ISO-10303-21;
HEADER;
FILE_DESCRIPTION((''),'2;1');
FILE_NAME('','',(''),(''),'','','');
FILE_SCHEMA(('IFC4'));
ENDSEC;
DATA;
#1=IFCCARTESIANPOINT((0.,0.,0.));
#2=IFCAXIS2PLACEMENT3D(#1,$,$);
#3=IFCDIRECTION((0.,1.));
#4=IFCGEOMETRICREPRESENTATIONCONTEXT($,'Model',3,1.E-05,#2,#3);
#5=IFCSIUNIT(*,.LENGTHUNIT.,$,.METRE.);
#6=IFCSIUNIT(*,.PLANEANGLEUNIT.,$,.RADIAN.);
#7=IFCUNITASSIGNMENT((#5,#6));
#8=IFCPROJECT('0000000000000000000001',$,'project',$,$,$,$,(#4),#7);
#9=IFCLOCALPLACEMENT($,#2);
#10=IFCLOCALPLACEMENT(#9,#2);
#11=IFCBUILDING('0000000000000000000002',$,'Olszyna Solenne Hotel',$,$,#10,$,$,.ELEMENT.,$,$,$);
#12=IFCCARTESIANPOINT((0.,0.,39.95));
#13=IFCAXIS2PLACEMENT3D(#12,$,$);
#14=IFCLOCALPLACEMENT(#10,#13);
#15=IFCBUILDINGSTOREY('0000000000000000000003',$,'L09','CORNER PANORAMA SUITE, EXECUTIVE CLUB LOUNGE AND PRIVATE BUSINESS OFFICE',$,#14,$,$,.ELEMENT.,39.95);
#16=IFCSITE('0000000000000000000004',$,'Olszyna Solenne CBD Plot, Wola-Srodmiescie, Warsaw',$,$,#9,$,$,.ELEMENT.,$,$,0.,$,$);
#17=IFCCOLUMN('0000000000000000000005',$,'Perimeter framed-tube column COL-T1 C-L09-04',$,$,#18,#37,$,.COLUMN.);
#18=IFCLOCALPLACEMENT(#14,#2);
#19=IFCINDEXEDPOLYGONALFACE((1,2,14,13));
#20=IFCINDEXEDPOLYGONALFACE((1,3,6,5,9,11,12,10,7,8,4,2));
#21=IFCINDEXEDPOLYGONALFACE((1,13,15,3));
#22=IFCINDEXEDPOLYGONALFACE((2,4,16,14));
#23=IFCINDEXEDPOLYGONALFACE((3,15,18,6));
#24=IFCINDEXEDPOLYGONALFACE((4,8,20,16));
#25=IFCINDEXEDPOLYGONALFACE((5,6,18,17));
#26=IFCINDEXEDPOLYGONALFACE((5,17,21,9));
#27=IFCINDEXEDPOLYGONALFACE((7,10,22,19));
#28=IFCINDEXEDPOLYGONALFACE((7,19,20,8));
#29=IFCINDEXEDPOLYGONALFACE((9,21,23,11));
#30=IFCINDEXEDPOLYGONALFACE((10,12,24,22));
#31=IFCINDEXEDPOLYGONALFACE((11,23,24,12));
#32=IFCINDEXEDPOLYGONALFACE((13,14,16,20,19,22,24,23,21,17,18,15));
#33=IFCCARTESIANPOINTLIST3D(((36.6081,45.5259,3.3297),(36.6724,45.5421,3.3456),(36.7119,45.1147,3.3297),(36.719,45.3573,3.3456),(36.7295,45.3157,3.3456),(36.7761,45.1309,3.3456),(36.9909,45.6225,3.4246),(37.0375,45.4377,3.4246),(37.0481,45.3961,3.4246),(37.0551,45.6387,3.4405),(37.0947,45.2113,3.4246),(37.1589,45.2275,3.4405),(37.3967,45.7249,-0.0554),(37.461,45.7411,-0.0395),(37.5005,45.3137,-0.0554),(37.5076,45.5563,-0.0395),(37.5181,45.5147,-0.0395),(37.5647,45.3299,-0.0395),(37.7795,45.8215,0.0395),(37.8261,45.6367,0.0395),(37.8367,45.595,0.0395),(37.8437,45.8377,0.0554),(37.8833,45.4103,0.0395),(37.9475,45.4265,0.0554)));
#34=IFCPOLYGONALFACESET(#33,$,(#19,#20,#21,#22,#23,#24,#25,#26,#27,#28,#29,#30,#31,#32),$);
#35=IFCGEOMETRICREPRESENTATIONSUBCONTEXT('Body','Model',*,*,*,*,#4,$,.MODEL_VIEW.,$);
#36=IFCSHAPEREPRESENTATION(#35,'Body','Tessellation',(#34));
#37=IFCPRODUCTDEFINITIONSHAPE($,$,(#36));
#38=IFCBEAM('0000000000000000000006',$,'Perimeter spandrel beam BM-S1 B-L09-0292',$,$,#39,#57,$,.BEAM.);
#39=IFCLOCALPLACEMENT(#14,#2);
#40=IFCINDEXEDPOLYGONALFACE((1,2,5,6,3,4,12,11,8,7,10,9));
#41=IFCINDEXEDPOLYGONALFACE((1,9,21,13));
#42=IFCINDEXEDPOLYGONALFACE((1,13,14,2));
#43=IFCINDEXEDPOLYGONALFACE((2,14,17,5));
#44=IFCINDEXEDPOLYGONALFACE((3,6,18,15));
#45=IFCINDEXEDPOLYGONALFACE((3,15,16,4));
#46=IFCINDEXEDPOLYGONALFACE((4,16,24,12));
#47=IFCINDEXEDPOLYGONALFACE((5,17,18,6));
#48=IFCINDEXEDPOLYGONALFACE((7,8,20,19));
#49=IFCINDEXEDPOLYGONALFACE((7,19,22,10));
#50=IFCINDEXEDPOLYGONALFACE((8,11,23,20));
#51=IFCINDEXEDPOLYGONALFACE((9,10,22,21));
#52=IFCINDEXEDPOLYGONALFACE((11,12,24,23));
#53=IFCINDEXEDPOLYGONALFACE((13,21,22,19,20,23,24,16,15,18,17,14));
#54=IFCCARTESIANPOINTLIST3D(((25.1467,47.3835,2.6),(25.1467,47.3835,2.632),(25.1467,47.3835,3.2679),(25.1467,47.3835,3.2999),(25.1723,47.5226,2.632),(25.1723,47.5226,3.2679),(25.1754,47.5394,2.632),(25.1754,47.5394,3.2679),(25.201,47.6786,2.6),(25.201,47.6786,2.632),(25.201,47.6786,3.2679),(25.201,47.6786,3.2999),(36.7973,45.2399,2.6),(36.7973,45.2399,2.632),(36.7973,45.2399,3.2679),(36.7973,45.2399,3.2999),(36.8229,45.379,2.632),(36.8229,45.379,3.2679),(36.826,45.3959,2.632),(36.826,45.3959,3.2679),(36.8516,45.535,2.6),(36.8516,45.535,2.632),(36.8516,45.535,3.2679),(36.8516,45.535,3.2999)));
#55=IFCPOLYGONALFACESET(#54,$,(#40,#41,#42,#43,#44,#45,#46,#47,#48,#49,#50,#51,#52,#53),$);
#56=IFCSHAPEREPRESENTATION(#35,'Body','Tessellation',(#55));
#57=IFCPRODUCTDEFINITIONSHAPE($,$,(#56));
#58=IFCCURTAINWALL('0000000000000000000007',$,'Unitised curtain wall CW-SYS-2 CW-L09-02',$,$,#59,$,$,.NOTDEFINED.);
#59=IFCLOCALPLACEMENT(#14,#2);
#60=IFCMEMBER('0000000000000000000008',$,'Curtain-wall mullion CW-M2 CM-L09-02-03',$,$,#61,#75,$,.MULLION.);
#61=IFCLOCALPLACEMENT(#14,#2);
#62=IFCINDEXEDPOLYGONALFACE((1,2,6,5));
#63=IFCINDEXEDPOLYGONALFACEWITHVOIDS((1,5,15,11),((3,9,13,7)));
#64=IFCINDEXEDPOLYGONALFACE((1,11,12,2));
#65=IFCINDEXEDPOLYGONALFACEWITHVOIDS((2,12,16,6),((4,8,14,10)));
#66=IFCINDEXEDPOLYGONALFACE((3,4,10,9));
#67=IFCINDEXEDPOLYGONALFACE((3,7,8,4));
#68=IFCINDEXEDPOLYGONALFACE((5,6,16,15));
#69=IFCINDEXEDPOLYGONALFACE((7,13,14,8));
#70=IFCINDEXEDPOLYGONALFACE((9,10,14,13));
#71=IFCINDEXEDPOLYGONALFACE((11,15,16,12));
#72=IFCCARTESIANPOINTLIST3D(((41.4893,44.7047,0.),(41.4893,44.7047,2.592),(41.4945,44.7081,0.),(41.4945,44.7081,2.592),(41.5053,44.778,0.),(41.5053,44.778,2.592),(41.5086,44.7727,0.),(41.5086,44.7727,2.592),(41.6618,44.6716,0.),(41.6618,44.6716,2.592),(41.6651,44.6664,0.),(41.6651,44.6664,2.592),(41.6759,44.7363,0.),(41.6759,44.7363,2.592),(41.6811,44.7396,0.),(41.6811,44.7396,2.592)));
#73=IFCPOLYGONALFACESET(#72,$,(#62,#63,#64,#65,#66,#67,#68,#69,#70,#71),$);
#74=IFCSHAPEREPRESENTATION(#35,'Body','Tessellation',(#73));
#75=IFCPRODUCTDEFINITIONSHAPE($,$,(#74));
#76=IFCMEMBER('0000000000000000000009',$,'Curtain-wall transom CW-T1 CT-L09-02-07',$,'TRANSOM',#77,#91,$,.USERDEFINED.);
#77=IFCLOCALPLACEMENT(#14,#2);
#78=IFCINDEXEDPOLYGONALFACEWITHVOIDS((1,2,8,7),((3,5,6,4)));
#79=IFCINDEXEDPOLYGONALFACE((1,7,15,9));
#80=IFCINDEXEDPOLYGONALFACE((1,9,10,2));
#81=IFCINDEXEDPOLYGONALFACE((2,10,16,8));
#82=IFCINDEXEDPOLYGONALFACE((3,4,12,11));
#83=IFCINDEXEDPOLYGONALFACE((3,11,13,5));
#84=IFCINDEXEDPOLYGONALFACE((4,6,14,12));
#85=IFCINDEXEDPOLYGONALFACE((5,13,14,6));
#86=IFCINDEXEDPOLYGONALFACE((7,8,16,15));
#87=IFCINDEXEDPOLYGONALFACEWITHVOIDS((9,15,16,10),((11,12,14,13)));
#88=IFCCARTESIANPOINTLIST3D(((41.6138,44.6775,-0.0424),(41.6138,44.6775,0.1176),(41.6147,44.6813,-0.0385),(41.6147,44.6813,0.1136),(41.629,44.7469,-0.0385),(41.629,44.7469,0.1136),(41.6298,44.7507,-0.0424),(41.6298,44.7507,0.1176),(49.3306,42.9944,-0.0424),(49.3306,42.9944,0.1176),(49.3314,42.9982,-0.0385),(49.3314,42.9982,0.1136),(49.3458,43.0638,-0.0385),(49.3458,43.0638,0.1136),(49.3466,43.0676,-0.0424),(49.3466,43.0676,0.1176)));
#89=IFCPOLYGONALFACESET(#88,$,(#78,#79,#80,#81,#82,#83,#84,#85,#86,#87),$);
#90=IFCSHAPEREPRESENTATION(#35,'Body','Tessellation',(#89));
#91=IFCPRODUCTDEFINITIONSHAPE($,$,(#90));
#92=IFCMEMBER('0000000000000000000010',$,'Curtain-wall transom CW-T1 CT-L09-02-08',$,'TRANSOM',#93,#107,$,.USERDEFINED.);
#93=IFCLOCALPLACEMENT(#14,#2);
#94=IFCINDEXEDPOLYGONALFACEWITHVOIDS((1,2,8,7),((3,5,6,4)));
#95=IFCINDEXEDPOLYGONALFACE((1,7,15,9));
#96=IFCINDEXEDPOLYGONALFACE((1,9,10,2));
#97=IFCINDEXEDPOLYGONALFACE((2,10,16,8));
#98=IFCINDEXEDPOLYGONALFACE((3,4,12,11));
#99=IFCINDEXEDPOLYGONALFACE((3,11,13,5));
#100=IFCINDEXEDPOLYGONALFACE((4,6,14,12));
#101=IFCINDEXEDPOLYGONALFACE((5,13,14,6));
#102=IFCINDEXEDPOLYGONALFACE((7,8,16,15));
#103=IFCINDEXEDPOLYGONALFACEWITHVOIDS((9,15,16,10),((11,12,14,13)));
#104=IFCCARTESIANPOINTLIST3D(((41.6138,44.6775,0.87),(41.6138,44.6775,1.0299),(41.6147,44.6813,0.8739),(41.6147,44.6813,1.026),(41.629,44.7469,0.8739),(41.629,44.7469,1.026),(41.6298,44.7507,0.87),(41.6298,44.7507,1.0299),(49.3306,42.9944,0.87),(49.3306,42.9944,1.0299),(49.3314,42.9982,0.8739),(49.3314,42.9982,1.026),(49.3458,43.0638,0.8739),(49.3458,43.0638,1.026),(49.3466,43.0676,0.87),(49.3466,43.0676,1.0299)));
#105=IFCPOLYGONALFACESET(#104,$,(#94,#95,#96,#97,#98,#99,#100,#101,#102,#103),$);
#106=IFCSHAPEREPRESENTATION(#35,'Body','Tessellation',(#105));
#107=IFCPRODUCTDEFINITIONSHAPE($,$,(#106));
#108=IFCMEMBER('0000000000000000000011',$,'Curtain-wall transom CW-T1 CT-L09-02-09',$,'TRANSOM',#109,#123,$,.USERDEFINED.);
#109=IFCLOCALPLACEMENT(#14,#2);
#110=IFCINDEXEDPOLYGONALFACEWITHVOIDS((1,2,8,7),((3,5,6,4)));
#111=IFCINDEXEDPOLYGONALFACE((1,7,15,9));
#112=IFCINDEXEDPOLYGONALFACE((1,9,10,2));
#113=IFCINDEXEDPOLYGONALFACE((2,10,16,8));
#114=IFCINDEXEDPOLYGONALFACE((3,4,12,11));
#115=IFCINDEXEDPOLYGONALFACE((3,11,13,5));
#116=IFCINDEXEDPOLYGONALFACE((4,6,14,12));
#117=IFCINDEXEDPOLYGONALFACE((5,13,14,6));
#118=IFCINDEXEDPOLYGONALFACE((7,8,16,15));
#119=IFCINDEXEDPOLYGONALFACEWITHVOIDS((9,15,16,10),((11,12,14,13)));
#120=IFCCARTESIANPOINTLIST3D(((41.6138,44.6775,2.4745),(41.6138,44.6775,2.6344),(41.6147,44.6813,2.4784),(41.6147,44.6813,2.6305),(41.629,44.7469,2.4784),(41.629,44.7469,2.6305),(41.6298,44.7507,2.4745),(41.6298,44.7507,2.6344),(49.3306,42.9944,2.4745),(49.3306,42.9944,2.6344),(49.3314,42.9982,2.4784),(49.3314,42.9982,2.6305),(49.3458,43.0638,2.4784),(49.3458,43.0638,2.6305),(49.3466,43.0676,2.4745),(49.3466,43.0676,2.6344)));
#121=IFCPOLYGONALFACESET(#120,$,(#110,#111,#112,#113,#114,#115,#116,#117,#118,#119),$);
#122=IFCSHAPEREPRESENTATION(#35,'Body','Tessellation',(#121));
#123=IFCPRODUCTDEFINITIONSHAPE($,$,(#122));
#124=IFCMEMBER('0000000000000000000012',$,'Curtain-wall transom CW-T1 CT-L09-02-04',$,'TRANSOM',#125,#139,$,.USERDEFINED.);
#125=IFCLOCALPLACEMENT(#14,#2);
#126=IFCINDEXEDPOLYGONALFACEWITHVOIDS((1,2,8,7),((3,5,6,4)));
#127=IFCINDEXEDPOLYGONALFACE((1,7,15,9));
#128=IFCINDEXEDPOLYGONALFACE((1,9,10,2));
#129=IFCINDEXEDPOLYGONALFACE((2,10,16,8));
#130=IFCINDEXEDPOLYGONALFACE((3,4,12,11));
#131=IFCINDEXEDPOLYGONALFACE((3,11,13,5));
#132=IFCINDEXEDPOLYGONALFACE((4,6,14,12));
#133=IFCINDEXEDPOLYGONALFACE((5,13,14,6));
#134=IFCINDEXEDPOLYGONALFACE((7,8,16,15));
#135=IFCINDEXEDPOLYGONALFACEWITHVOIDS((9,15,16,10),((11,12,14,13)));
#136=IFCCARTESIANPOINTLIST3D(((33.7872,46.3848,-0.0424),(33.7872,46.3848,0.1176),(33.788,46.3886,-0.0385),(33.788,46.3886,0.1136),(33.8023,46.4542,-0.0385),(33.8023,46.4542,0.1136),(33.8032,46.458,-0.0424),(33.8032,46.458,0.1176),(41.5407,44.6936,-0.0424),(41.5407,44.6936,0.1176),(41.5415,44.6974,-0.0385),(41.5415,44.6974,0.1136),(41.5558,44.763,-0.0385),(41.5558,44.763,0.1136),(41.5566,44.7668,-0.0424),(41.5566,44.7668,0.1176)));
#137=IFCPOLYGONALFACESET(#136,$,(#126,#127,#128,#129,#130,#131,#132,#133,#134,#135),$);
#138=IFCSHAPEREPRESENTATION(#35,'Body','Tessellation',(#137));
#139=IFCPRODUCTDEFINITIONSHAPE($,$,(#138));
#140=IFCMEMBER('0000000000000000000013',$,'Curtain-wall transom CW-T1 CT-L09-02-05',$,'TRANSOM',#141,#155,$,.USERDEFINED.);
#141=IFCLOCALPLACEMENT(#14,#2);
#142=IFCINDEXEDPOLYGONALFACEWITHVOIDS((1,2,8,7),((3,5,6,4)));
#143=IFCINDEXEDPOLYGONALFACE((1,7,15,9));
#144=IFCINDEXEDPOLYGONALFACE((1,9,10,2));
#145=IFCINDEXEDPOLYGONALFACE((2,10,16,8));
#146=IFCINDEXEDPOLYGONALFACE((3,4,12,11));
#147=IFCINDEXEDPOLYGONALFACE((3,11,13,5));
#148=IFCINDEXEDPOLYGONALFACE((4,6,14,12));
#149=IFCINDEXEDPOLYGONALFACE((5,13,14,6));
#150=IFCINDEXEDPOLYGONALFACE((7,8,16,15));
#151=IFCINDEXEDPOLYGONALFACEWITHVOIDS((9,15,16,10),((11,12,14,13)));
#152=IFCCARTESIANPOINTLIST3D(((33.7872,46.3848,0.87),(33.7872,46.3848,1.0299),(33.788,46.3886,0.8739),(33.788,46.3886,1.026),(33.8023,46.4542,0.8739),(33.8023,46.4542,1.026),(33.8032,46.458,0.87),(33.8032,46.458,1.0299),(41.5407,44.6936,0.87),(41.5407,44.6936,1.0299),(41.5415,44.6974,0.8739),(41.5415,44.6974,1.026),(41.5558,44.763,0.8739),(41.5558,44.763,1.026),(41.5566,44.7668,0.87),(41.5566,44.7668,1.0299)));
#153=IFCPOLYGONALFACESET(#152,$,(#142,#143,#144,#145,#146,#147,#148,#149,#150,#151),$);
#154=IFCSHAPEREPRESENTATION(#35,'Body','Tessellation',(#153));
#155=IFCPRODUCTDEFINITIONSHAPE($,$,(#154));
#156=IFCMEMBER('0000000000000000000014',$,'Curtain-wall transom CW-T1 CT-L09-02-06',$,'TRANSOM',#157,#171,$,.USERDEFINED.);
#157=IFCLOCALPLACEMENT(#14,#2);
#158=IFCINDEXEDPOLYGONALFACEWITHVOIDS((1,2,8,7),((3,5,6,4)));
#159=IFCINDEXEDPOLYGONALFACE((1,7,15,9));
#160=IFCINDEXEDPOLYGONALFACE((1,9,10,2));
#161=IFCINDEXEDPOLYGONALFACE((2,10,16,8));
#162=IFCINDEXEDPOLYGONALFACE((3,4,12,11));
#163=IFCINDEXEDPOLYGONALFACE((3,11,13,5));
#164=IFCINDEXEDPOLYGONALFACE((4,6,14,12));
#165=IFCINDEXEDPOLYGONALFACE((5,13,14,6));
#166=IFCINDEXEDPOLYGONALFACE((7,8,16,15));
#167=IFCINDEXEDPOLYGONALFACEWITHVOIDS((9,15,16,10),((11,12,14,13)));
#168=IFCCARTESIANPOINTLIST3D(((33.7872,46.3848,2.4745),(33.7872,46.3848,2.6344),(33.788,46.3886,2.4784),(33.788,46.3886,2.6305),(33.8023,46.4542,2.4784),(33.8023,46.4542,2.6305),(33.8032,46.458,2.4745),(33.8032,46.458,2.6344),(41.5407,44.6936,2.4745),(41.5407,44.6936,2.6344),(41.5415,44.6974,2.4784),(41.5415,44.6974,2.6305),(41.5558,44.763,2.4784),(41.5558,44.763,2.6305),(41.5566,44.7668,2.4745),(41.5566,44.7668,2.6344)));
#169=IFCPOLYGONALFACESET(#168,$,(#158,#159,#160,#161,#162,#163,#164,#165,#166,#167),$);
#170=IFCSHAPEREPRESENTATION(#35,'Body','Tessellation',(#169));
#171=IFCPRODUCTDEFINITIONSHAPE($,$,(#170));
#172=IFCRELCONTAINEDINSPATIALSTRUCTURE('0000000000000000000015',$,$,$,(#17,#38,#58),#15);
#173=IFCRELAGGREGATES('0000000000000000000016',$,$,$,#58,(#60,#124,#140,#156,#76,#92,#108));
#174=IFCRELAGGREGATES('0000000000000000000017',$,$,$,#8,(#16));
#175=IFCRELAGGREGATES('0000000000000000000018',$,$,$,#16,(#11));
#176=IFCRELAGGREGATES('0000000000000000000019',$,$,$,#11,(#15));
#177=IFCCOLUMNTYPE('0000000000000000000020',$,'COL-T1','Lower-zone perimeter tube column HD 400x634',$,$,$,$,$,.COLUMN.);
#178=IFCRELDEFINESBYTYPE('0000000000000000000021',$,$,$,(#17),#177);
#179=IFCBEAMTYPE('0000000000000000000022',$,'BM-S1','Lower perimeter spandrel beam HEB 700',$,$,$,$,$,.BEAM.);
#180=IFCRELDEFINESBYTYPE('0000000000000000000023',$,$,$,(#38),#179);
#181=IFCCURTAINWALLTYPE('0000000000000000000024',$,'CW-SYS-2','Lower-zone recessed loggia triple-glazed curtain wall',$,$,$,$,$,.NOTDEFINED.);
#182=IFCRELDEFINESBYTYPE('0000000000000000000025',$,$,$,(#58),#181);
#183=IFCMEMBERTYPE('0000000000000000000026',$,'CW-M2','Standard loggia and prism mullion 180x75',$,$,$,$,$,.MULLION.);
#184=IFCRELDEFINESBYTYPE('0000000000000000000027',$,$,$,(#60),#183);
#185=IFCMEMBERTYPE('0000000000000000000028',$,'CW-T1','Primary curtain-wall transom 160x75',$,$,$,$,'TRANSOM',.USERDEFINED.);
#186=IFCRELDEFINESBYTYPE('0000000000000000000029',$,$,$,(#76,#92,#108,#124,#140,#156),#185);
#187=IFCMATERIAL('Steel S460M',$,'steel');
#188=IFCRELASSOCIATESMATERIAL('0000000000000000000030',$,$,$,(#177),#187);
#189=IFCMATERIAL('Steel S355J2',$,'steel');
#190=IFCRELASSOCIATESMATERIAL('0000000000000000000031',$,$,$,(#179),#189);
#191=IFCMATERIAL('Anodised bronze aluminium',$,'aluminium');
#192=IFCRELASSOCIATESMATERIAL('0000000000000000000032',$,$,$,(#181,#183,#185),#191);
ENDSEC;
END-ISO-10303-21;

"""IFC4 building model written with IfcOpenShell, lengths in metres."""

from ifc_helpers import new_model, si_unit, direction, frame, origin, origin_2d, place, context, subcontext, project, spatial, hollow_rectangle, i_section, extrude, source, transform, mapped, material, material_profile, profile_set, type_object, element, aggregate, save


model = new_model("IFC4")

# Units and contexts
model_context = context("Model", 3, precision=1e-05, world=origin(), true_north=direction((0.0, 1.0)))
body_context = subcontext(model_context, "Body", "Model", "MODEL_VIEW")
ifc_project = project(units=[si_unit("LENGTHUNIT", "METRE"), si_unit("PLANEANGLEUNIT", "RADIAN")], contexts=[model_context])

# Site, building, storey
site_placement = place(None, origin())
site = spatial("IfcSite", under=ifc_project, at=site_placement, Name="Olszyna Solenne CBD Plot, Wola-Srodmiescie, Warsaw", CompositionType="ELEMENT", RefElevation=0.0)
building_placement = place(site_placement, origin())
building = spatial("IfcBuilding", under=site, at=building_placement, Name="Olszyna Solenne Hotel", CompositionType="ELEMENT")
storey_placement = place(building_placement, frame((0.0, 0.0, 39.95)))
storey = spatial("IfcBuildingStorey", under=building, at=storey_placement, Name="L09", Description="CORNER PANORAMA SUITE, EXECUTIVE CLUB LOUNGE AND PRIVATE BUSINESS OFFICE", CompositionType="ELEMENT", Elevation=39.95)

# Column
ifc_material_1 = material(Name="Steel S460M", Category="steel")
ifc_material_profile_1 = material_profile(ifc_material_1, i_section(OverallWidth=0.4241, OverallDepth=0.4741, WebThickness=0.043, FlangeThickness=0.0681, at=origin_2d()), Name="HD 400x634", Category="load-bearing")
ifc_profile_set_1 = profile_set([ifc_material_profile_1], Name="Steel S460M")
column_type = type_object("IfcColumnType", Name="COL-T1", Description="Lower-zone perimeter tube column HD 400x634", PredefinedType="COLUMN", material=ifc_profile_set_1)
shared_shape_1 = source(origin(), body_context, "Body", "SweptSolid", [
    extrude(i_section(OverallWidth=0.4241, OverallDepth=0.4741, WebThickness=0.043, FlangeThickness=0.0681, at=origin_2d()), origin(), (0.0, 0.0, 1.0), 3.4814),
])
column_placement = place(storey_placement, frame((37.6721, 45.5757, 0.0), z_axis=(-0.226515, -0.057155, 0.972329), x_axis=(0.244654, -0.96961, 0.0)))
element("IfcColumn", 1, at=column_placement, inside=storey, type_object=column_type, Name="Perimeter framed-tube column COL-T1 C-L09-04", PredefinedType="COLUMN", context=body_context, shape_type="MappedRepresentation", body=[
    mapped(shared_shape_1, transform((0.0, 0.0, 0.0), x_axis=(1.0, 0.0, 0.0), y_axis=(0.0, 1.0, 0.0), z_axis=(0.0, 0.0, 1.0), scale=1.0)),
])

# Beam
ifc_material_2 = material(Name="Steel S355J2", Category="steel")
ifc_material_profile_2 = material_profile(ifc_material_2, i_section(OverallWidth=0.3, OverallDepth=0.7, WebThickness=0.0171, FlangeThickness=0.032, at=origin_2d()), Name="HEB 700", Category="load-bearing")
ifc_profile_set_2 = profile_set([ifc_material_profile_2], Name="Steel S355J2")
beam_type_1 = type_object("IfcBeamType", Name="BM-S1", Description="Lower perimeter spandrel beam HEB 700", PredefinedType="BEAM", material=ifc_profile_set_2)
shared_shape_2 = source(origin(), body_context, "Body", "SweptSolid", [
    extrude(i_section(OverallWidth=0.3, OverallDepth=0.7, WebThickness=0.0171, FlangeThickness=0.032, at=origin_2d()), origin(), (0.0, 0.0, 1.0), 11.8462),
])
beam_1_placement = place(storey_placement, frame((36.8245, 45.3875, 2.95), z_axis=(-0.983492, 0.180949, 0.0), x_axis=(-0.180949, -0.983492, 0.0)))
element("IfcBeam", 2, at=beam_1_placement, inside=storey, type_object=beam_type_1, Name="Perimeter spandrel beam BM-S1 B-L09-0292", PredefinedType="BEAM", context=body_context, shape_type="MappedRepresentation", body=[
    mapped(shared_shape_2, transform((0.0, 0.0, 0.0), x_axis=(1.0, 0.0, 0.0), y_axis=(0.0, 1.0, 0.0), z_axis=(0.0, 0.0, 1.0), scale=1.0)),
])

# Curtain wall, members
ifc_material_3 = material(Name="Anodised bronze aluminium", Category="aluminium")
curtain_wall_type = type_object("IfcCurtainWallType", Name="CW-SYS-2", Description="Lower-zone recessed loggia triple-glazed curtain wall", PredefinedType="NOTDEFINED", material=ifc_material_3)
curtain_wall_placement = place(storey_placement, origin())
curtain_wall = element("IfcCurtainWall", 3, at=curtain_wall_placement, inside=storey, type_object=curtain_wall_type, Name="Unitised curtain wall CW-SYS-2 CW-L09-02", PredefinedType="NOTDEFINED")
ifc_material_profile_3 = material_profile(ifc_material_3, hollow_rectangle(XDim=0.075, YDim=0.1799, WallThickness=0.0044, at=origin_2d()), Name="MULL 180x75x4.5", Category="load-bearing")
ifc_profile_set_3 = profile_set([ifc_material_profile_3], Name="Anodised bronze aluminium")
member_type_1 = type_object("IfcMemberType", Name="CW-M2", Description="Standard loggia and prism mullion 180x75", PredefinedType="MULLION", material=ifc_profile_set_3)
shared_shape_3 = source(origin(), body_context, "Body", "SweptSolid", [
    extrude(hollow_rectangle(XDim=0.075, YDim=0.1799, WallThickness=0.0044, at=origin_2d()), origin(), (0.0, 0.0, 1.0), 2.592),
])
member_1_placement = place(storey_placement, frame((41.5852, 44.7222, 0.0), z_axis=(0.0, 0.0, 1.0), x_axis=(0.213104, 0.97703, 0.0)))
member_1 = element("IfcMember", 4, at=member_1_placement, type_object=member_type_1, Name="Curtain-wall mullion CW-M2 CM-L09-02-03", PredefinedType="MULLION", context=body_context, shape_type="MappedRepresentation", body=[
    mapped(shared_shape_3, transform((0.0, 0.0, 0.0), x_axis=(1.0, 0.0, 0.0), y_axis=(0.0, 1.0, 0.0), z_axis=(0.0, 0.0, 1.0), scale=1.0)),
])
ifc_material_profile_4 = material_profile(ifc_material_3, hollow_rectangle(XDim=0.075, YDim=0.1599, WallThickness=0.0039, at=origin_2d()), Name="TRAN 160x75x4", Category="load-bearing")
ifc_profile_set_4 = profile_set([ifc_material_profile_4], Name="Anodised bronze aluminium")
member_type_2 = type_object("IfcMemberType", Name="CW-T1", Description="Primary curtain-wall transom 160x75", ElementType="TRANSOM", PredefinedType="USERDEFINED", material=ifc_profile_set_4)
shared_shape_4 = source(origin(), body_context, "Body", "SweptSolid", [
    extrude(hollow_rectangle(XDim=0.075, YDim=0.1599, WallThickness=0.0039, at=origin_2d()), origin(), (0.0, 0.0, 1.0), 7.8982),
])
member_2_placement = place(storey_placement, frame((41.6218, 44.7141, 0.0376), z_axis=(0.977031, -0.213099, 0.0), x_axis=(0.213099, 0.977031, 0.0)))
member_2 = element("IfcMember", 5, at=member_2_placement, type_object=member_type_2, Name="Curtain-wall transom CW-T1 CT-L09-02-07", ObjectType="TRANSOM", PredefinedType="USERDEFINED", context=body_context, shape_type="MappedRepresentation", body=[
    mapped(shared_shape_4, transform((0.0, 0.0, 0.0), x_axis=(1.0, 0.0, 0.0), y_axis=(0.0, 1.0, 0.0), z_axis=(0.0, 0.0, 1.0), scale=1.0)),
])
member_3_placement = place(storey_placement, frame((41.6218, 44.7141, 0.95), z_axis=(0.977031, -0.213099, 0.0), x_axis=(0.213099, 0.977031, 0.0)))
member_3 = element("IfcMember", 6, at=member_3_placement, type_object=member_type_2, Name="Curtain-wall transom CW-T1 CT-L09-02-08", ObjectType="TRANSOM", PredefinedType="USERDEFINED", context=body_context, shape_type="MappedRepresentation", body=[
    mapped(shared_shape_4, transform((0.0, 0.0, 0.0), x_axis=(1.0, 0.0, 0.0), y_axis=(0.0, 1.0, 0.0), z_axis=(0.0, 0.0, 1.0), scale=1.0)),
])
member_4_placement = place(storey_placement, frame((41.6218, 44.7141, 2.5544), z_axis=(0.977031, -0.213099, 0.0), x_axis=(0.213099, 0.977031, 0.0)))
member_4 = element("IfcMember", 7, at=member_4_placement, type_object=member_type_2, Name="Curtain-wall transom CW-T1 CT-L09-02-09", ObjectType="TRANSOM", PredefinedType="USERDEFINED", context=body_context, shape_type="MappedRepresentation", body=[
    mapped(shared_shape_4, transform((0.0, 0.0, 0.0), x_axis=(1.0, 0.0, 0.0), y_axis=(0.0, 1.0, 0.0), z_axis=(0.0, 0.0, 1.0), scale=1.0)),
])
shared_shape_5 = source(origin(), body_context, "Body", "SweptSolid", [
    extrude(hollow_rectangle(XDim=0.075, YDim=0.1599, WallThickness=0.0039, at=origin_2d()), origin(), (0.0, 0.0, 1.0), 7.9358),
])
member_5_placement = place(storey_placement, frame((33.7952, 46.4214, 0.0376), z_axis=(0.977029, -0.213108, 0.0), x_axis=(0.213108, 0.977029, 0.0)))
member_5 = element("IfcMember", 8, at=member_5_placement, type_object=member_type_2, Name="Curtain-wall transom CW-T1 CT-L09-02-04", ObjectType="TRANSOM", PredefinedType="USERDEFINED", context=body_context, shape_type="MappedRepresentation", body=[
    mapped(shared_shape_5, transform((0.0, 0.0, 0.0), x_axis=(1.0, 0.0, 0.0), y_axis=(0.0, 1.0, 0.0), z_axis=(0.0, 0.0, 1.0), scale=1.0)),
])
member_6_placement = place(storey_placement, frame((33.7952, 46.4214, 0.95), z_axis=(0.977029, -0.213108, 0.0), x_axis=(0.213108, 0.977029, 0.0)))
member_6 = element("IfcMember", 9, at=member_6_placement, type_object=member_type_2, Name="Curtain-wall transom CW-T1 CT-L09-02-05", ObjectType="TRANSOM", PredefinedType="USERDEFINED", context=body_context, shape_type="MappedRepresentation", body=[
    mapped(shared_shape_5, transform((0.0, 0.0, 0.0), x_axis=(1.0, 0.0, 0.0), y_axis=(0.0, 1.0, 0.0), z_axis=(0.0, 0.0, 1.0), scale=1.0)),
])
member_7_placement = place(storey_placement, frame((33.7952, 46.4214, 2.5544), z_axis=(0.977029, -0.213108, 0.0), x_axis=(0.213108, 0.977029, 0.0)))
member_7 = element("IfcMember", 10, at=member_7_placement, type_object=member_type_2, Name="Curtain-wall transom CW-T1 CT-L09-02-06", ObjectType="TRANSOM", PredefinedType="USERDEFINED", context=body_context, shape_type="MappedRepresentation", body=[
    mapped(shared_shape_5, transform((0.0, 0.0, 0.0), x_axis=(1.0, 0.0, 0.0), y_axis=(0.0, 1.0, 0.0), z_axis=(0.0, 0.0, 1.0), scale=1.0)),
])

aggregate(curtain_wall, [member_1, member_5, member_6, member_7, member_2, member_3, member_4])

save(model, "model.ifc")
